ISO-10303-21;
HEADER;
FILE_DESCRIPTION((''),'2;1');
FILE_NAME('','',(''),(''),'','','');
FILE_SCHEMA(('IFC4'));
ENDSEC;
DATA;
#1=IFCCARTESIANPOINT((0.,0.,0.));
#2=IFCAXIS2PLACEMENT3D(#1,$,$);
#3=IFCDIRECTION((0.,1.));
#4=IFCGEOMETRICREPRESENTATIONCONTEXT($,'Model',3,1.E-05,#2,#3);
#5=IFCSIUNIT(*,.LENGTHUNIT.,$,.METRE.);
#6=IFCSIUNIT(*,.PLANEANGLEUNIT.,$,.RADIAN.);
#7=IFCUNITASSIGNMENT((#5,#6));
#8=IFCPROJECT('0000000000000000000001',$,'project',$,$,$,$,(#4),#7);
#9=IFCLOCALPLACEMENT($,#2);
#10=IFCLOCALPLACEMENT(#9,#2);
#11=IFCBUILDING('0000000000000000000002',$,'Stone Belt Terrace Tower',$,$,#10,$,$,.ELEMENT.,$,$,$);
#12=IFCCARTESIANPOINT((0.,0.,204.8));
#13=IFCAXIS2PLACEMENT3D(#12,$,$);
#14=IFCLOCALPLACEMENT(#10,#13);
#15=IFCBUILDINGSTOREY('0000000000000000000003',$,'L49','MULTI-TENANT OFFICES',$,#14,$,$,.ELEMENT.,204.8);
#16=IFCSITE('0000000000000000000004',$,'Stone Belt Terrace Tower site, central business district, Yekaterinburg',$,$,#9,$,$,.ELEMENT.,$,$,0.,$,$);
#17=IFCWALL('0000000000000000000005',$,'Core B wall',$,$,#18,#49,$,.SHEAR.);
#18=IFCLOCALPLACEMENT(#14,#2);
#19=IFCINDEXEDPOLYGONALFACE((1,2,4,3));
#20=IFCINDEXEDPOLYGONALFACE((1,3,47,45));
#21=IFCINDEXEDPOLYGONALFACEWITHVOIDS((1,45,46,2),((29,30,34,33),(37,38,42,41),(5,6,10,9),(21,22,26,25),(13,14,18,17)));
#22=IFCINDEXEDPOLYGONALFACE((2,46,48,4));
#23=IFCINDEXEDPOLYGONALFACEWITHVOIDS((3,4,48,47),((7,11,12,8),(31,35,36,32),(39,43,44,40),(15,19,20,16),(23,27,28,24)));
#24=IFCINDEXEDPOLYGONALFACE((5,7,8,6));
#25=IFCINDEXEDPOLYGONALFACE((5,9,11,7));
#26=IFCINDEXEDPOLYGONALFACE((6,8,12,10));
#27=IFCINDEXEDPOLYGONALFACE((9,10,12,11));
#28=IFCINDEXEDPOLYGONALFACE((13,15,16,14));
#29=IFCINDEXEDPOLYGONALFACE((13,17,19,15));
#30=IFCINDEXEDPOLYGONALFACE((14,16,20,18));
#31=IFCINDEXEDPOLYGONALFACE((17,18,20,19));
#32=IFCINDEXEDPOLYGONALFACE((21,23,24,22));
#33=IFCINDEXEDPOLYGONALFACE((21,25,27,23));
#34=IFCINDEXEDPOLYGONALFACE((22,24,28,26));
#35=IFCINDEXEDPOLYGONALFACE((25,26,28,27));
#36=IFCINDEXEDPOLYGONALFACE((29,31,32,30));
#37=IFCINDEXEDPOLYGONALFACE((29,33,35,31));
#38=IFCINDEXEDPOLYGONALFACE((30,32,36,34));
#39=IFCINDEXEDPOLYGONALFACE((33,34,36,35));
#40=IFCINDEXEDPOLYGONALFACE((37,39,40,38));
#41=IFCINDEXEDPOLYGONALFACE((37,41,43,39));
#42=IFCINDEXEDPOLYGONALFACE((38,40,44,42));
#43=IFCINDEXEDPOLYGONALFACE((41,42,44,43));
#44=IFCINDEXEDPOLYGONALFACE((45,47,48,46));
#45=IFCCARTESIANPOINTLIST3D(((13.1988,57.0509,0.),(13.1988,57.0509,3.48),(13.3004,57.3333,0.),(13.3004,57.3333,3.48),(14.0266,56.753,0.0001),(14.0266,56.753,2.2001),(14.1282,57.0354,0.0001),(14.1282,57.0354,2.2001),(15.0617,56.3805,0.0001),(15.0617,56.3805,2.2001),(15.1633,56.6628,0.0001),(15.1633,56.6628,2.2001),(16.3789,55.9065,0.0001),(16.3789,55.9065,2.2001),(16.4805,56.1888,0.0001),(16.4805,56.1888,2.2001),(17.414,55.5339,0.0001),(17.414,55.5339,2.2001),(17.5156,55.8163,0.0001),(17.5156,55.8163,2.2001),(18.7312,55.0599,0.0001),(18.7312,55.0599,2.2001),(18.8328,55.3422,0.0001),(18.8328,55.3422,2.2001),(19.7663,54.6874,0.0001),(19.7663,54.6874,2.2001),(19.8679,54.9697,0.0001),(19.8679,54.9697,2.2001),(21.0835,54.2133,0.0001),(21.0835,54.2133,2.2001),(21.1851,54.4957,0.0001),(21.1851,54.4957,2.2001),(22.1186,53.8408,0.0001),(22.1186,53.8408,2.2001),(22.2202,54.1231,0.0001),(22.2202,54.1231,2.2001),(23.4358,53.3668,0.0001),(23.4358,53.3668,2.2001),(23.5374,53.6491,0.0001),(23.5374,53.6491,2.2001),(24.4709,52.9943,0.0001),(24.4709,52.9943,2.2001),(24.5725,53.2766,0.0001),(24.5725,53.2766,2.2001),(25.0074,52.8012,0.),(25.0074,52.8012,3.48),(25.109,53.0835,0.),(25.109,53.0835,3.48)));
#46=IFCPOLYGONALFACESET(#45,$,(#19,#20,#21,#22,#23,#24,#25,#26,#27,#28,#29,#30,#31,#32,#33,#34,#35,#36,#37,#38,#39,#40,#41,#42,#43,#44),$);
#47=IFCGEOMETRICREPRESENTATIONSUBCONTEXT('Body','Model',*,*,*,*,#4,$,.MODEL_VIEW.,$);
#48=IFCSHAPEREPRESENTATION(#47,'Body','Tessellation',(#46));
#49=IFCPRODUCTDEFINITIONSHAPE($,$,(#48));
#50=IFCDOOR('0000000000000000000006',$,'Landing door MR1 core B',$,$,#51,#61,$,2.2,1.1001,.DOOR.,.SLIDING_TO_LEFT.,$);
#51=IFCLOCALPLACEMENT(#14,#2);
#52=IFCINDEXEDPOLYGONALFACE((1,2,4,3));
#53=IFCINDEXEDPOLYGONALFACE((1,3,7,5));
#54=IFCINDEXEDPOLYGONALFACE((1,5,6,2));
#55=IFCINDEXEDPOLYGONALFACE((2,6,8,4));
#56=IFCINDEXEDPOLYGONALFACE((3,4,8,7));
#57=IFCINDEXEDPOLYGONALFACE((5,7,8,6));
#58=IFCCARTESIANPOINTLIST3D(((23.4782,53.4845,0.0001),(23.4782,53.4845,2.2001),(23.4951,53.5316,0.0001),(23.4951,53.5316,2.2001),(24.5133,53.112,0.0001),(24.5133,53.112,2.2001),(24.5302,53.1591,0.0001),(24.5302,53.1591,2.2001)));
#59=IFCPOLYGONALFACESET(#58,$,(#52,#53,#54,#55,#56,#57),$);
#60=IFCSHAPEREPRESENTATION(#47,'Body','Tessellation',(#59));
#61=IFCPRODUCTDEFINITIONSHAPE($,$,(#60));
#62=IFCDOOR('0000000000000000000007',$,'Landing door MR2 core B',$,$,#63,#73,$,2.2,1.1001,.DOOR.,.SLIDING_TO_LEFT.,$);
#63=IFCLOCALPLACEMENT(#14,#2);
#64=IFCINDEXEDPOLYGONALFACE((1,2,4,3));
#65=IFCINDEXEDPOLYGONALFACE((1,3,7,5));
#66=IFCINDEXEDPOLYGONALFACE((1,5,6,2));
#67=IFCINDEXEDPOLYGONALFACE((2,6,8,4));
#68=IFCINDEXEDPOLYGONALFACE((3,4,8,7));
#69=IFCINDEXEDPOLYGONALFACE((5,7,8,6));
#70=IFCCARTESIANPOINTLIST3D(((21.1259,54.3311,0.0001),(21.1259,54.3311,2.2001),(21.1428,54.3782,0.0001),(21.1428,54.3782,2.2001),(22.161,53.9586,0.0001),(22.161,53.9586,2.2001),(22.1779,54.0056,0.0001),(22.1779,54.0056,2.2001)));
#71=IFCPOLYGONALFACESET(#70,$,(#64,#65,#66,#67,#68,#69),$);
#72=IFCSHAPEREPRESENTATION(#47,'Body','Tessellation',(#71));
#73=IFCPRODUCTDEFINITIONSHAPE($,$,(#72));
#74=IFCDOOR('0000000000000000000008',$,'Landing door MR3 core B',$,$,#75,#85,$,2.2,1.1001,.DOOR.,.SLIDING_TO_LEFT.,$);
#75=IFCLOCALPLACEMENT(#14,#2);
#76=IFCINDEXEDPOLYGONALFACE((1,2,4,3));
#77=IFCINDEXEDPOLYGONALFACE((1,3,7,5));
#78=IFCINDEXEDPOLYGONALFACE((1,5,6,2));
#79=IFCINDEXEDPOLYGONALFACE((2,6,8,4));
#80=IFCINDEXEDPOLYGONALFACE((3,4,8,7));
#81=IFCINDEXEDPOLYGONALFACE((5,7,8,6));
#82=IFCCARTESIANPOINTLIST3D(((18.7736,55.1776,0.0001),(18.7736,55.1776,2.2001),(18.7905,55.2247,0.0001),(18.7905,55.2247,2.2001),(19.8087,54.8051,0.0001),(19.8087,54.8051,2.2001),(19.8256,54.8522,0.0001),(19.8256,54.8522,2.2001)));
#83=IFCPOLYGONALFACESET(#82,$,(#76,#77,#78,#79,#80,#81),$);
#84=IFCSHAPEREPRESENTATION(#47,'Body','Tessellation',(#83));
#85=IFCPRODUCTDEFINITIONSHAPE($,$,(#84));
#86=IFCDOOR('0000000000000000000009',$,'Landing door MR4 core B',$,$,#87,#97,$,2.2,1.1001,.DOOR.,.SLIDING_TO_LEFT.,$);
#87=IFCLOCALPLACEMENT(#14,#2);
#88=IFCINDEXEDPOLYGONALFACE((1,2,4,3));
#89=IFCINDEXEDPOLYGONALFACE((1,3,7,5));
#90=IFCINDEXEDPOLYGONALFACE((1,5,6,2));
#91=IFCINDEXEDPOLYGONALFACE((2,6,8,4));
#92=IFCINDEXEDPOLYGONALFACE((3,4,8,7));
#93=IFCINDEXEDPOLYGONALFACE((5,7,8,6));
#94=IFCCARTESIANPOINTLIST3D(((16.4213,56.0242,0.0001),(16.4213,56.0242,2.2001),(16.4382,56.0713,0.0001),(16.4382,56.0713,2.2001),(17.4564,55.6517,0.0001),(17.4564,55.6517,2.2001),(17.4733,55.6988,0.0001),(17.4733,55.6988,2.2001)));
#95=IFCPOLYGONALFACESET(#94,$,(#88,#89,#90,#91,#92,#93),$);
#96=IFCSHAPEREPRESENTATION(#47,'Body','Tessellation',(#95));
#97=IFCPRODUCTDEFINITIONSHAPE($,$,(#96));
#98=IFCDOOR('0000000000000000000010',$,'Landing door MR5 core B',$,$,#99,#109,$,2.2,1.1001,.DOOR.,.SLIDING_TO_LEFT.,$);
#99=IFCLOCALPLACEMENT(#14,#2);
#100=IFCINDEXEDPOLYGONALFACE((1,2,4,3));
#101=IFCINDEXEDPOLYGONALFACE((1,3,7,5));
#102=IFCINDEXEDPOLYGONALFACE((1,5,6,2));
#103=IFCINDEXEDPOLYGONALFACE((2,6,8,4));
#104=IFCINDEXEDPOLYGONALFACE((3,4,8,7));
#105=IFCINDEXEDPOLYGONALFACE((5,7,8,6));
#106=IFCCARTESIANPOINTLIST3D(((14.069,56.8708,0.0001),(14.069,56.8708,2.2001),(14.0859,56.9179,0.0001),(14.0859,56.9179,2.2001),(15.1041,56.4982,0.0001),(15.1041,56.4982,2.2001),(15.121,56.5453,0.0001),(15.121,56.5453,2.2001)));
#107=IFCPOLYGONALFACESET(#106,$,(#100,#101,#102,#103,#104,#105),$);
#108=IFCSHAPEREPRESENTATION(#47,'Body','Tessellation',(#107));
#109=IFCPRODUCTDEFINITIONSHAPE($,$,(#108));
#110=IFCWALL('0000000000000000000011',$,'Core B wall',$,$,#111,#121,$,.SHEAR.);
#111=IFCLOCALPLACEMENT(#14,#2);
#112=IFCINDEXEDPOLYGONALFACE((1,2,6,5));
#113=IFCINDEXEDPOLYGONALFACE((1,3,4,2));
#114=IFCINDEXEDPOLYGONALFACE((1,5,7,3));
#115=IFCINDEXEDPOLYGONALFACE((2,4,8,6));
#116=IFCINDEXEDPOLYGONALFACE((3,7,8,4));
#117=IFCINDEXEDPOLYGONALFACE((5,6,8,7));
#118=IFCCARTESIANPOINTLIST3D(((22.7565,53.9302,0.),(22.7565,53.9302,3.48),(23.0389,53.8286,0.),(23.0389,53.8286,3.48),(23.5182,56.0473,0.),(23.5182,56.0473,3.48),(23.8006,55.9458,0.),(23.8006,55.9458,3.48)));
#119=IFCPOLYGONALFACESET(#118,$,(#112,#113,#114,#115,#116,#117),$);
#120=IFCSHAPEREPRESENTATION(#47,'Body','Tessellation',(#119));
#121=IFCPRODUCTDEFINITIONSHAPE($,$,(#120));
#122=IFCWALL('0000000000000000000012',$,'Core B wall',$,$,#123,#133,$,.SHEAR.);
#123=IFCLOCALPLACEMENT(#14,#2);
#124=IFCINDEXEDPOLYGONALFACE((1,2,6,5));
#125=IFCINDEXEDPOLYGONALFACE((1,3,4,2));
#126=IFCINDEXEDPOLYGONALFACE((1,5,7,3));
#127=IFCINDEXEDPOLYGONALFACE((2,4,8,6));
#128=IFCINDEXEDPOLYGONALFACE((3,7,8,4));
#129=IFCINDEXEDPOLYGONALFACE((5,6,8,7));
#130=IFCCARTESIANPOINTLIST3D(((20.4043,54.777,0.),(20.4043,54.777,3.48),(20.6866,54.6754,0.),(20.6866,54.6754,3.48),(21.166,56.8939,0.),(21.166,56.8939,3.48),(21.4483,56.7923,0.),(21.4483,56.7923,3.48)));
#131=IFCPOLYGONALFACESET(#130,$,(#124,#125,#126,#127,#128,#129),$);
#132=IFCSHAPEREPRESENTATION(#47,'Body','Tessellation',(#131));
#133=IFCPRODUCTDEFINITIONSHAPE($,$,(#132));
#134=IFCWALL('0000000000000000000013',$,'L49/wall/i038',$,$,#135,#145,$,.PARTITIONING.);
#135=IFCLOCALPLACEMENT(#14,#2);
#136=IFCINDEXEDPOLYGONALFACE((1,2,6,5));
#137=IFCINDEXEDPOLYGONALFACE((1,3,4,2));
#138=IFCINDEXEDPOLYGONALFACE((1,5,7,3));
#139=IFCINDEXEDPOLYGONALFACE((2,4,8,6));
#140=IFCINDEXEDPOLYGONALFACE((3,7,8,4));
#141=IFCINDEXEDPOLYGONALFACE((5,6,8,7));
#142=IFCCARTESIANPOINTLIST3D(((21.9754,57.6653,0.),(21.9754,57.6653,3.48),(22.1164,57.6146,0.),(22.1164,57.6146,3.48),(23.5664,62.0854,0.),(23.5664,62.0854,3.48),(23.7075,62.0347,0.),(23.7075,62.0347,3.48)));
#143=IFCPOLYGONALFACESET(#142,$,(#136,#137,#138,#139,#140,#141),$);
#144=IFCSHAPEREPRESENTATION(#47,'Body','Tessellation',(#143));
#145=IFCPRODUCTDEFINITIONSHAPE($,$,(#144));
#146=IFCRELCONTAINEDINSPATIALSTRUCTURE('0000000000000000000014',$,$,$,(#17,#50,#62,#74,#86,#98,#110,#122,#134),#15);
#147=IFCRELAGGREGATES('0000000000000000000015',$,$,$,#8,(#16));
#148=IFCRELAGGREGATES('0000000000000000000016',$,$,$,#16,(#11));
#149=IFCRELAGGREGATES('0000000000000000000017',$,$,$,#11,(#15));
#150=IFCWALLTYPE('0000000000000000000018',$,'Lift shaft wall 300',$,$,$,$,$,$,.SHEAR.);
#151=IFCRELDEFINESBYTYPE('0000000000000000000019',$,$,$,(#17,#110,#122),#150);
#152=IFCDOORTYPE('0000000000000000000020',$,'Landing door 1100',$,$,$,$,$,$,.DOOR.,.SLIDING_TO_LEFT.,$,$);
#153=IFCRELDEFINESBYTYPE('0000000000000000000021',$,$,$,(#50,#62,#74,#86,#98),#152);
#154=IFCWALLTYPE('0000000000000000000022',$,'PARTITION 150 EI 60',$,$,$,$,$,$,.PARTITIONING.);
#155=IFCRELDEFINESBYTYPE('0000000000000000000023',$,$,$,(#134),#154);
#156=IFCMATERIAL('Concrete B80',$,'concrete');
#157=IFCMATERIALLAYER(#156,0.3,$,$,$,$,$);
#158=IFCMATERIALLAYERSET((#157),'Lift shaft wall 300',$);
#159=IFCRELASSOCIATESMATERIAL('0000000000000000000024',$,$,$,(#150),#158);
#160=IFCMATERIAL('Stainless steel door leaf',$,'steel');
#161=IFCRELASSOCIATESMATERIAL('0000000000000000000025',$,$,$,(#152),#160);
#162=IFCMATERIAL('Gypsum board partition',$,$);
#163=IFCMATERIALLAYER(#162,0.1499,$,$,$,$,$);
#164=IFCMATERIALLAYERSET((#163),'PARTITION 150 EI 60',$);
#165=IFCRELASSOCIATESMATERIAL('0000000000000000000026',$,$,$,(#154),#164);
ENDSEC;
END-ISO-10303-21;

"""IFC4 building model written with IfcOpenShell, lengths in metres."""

from ifc_helpers import new_model, si_unit, direction, frame, frame_2d, origin, place, context, subcontext, project, spatial, rectangle, extrude, material, layer, layer_set, type_object, element, fill, save


model = new_model("IFC4")

# Units and contexts
model_context = context("Model", 3, precision=1e-05, world=origin(), true_north=direction((0.0, 1.0)))
body_context = subcontext(model_context, "Body", "Model", "MODEL_VIEW")
ifc_project = project(units=[si_unit("LENGTHUNIT", "METRE"), si_unit("PLANEANGLEUNIT", "RADIAN")], contexts=[model_context])

# Site, building, storey
site_placement = place(None, origin())
site = spatial("IfcSite", under=ifc_project, at=site_placement, Name="Stone Belt Terrace Tower site, central business district, Yekaterinburg", CompositionType="ELEMENT", RefElevation=0.0)
building_placement = place(site_placement, origin())
building = spatial("IfcBuilding", under=site, at=building_placement, Name="Stone Belt Terrace Tower", CompositionType="ELEMENT")
storey_placement = place(building_placement, frame((0.0, 0.0, 204.8)))
storey = spatial("IfcBuildingStorey", under=building, at=storey_placement, Name="L49", Description="MULTI-TENANT OFFICES", CompositionType="ELEMENT", Elevation=204.8)

# Shared definitions
ifc_material_1 = material(Name="Concrete B80", Category="concrete")
ifc_layer_1 = layer(ifc_material_1, 0.3)
ifc_layer_set_1 = layer_set([ifc_layer_1], Name="Lift shaft wall 300")
wall_type_1 = type_object("IfcWallType", Name="Lift shaft wall 300", PredefinedType="SHEAR", material=ifc_layer_set_1)

# Wall, openings, doors
wall_1_placement = place(storey_placement, frame((25.0581, 52.9424, 0.0), z_axis=(0.0, 0.0, 1.0), x_axis=(-0.940921, 0.338625, 0.0)))
wall_1 = element("IfcWall", 1, at=wall_1_placement, inside=storey, type_object=wall_type_1, Name="Core B wall", PredefinedType="SHEAR", context=body_context, shape_type="SweptSolid", body=[
    extrude(rectangle(XDim=12.55, YDim=0.3, at=frame_2d((6.2749, 0.0))), origin(), (0.0, 0.0, 1.0), 3.48),
])
opening_1_placement = place(wall_1_placement, frame((0.5701, 0.0, 0.0)))
opening_1 = element("IfcOpeningElement", 2, at=opening_1_placement, cuts=wall_1, PredefinedType="OPENING", context=body_context, shape_type="SweptSolid", body=[
    extrude(rectangle(XDim=1.1001, YDim=2.2, at=frame_2d((0.55, 1.1001))), frame((0.0, 0.1599, 0.0), z_axis=(0.0, -1.0, 0.0), x_axis=(1.0, 0.0, 0.0)), (0.0, 0.0, 1.0), 0.3201),
])
opening_2_placement = place(wall_1_placement, frame((3.0701, 0.0, 0.0)))
opening_2 = element("IfcOpeningElement", 3, at=opening_2_placement, cuts=wall_1, PredefinedType="OPENING", context=body_context, shape_type="SweptSolid", body=[
    extrude(rectangle(XDim=1.1001, YDim=2.2, at=frame_2d((0.55, 1.1001))), frame((0.0, 0.1599, 0.0), z_axis=(0.0, -1.0, 0.0), x_axis=(1.0, 0.0, 0.0)), (0.0, 0.0, 1.0), 0.3201),
])
opening_3_placement = place(wall_1_placement, frame((5.5701, 0.0, 0.0)))
opening_3 = element("IfcOpeningElement", 4, at=opening_3_placement, cuts=wall_1, PredefinedType="OPENING", context=body_context, shape_type="SweptSolid", body=[
    extrude(rectangle(XDim=1.1001, YDim=2.2, at=frame_2d((0.55, 1.1001))), frame((0.0, 0.1599, 0.0), z_axis=(0.0, -1.0, 0.0), x_axis=(1.0, 0.0, 0.0)), (0.0, 0.0, 1.0), 0.3201),
])
opening_4_placement = place(wall_1_placement, frame((8.0701, 0.0, 0.0)))
opening_4 = element("IfcOpeningElement", 5, at=opening_4_placement, cuts=wall_1, PredefinedType="OPENING", context=body_context, shape_type="SweptSolid", body=[
    extrude(rectangle(XDim=1.1001, YDim=2.2, at=frame_2d((0.55, 1.1001))), frame((0.0, 0.1599, 0.0), z_axis=(0.0, -1.0, 0.0), x_axis=(1.0, 0.0, 0.0)), (0.0, 0.0, 1.0), 0.3201),
])
opening_5_placement = place(wall_1_placement, frame((10.5701, 0.0, 0.0)))
opening_5 = element("IfcOpeningElement", 6, at=opening_5_placement, cuts=wall_1, PredefinedType="OPENING", context=body_context, shape_type="SweptSolid", body=[
    extrude(rectangle(XDim=1.1001, YDim=2.2, at=frame_2d((0.55, 1.1001))), frame((0.0, 0.1599, 0.0), z_axis=(0.0, -1.0, 0.0), x_axis=(1.0, 0.0, 0.0)), (0.0, 0.0, 1.0), 0.3201),
])
ifc_material_2 = material(Name="Stainless steel door leaf", Category="steel")
door_type_1 = type_object("IfcDoorType", Name="Landing door 1100", OperationType="SLIDING_TO_LEFT", PredefinedType="DOOR", material=ifc_material_2)
door_1_placement = place(opening_1_placement, origin())
door_1 = element("IfcDoor", 7, at=door_1_placement, inside=storey, type_object=door_type_1, Name="Landing door MR1 core B", OperationType="SLIDING_TO_LEFT", OverallHeight=2.2, OverallWidth=1.1001, PredefinedType="DOOR", context=body_context, shape_type="SweptSolid", body=[
    extrude(rectangle(XDim=1.1001, YDim=2.2, at=frame_2d((0.55, 1.1001))), frame((0.0, 0.0249, 0.0), z_axis=(0.0, -1.0, 0.0), x_axis=(1.0, 0.0, 0.0)), (0.0, 0.0, 1.0), 0.05),
])
fill(opening_1, door_1)
door_2_placement = place(opening_2_placement, origin())
door_2 = element("IfcDoor", 8, at=door_2_placement, inside=storey, type_object=door_type_1, Name="Landing door MR2 core B", OperationType="SLIDING_TO_LEFT", OverallHeight=2.2, OverallWidth=1.1001, PredefinedType="DOOR", context=body_context, shape_type="SweptSolid", body=[
    extrude(rectangle(XDim=1.1001, YDim=2.2, at=frame_2d((0.55, 1.1001))), frame((0.0, 0.0249, 0.0), z_axis=(0.0, -1.0, 0.0), x_axis=(1.0, 0.0, 0.0)), (0.0, 0.0, 1.0), 0.05),
])
fill(opening_2, door_2)
door_3_placement = place(opening_3_placement, origin())
door_3 = element("IfcDoor", 9, at=door_3_placement, inside=storey, type_object=door_type_1, Name="Landing door MR3 core B", OperationType="SLIDING_TO_LEFT", OverallHeight=2.2, OverallWidth=1.1001, PredefinedType="DOOR", context=body_context, shape_type="SweptSolid", body=[
    extrude(rectangle(XDim=1.1001, YDim=2.2, at=frame_2d((0.55, 1.1001))), frame((0.0, 0.0249, 0.0), z_axis=(0.0, -1.0, 0.0), x_axis=(1.0, 0.0, 0.0)), (0.0, 0.0, 1.0), 0.05),
])
fill(opening_3, door_3)
door_4_placement = place(opening_4_placement, origin())
door_4 = element("IfcDoor", 10, at=door_4_placement, inside=storey, type_object=door_type_1, Name="Landing door MR4 core B", OperationType="SLIDING_TO_LEFT", OverallHeight=2.2, OverallWidth=1.1001, PredefinedType="DOOR", context=body_context, shape_type="SweptSolid", body=[
    extrude(rectangle(XDim=1.1001, YDim=2.2, at=frame_2d((0.55, 1.1001))), frame((0.0, 0.0249, 0.0), z_axis=(0.0, -1.0, 0.0), x_axis=(1.0, 0.0, 0.0)), (0.0, 0.0, 1.0), 0.05),
])
fill(opening_4, door_4)
door_5_placement = place(opening_5_placement, origin())
door_5 = element("IfcDoor", 11, at=door_5_placement, inside=storey, type_object=door_type_1, Name="Landing door MR5 core B", OperationType="SLIDING_TO_LEFT", OverallHeight=2.2, OverallWidth=1.1001, PredefinedType="DOOR", context=body_context, shape_type="SweptSolid", body=[
    extrude(rectangle(XDim=1.1001, YDim=2.2, at=frame_2d((0.55, 1.1001))), frame((0.0, 0.0249, 0.0), z_axis=(0.0, -1.0, 0.0), x_axis=(1.0, 0.0, 0.0)), (0.0, 0.0, 1.0), 0.05),
])
fill(opening_5, door_5)

# Walls
wall_2_placement = place(storey_placement, frame((22.8977, 53.8794, 0.0), z_axis=(0.0, 0.0, 1.0), x_axis=(0.338535, 0.940954, 0.0)))
element("IfcWall", 12, at=wall_2_placement, inside=storey, type_object=wall_type_1, Name="Core B wall", PredefinedType="SHEAR", context=body_context, shape_type="SweptSolid", body=[
    extrude(rectangle(XDim=2.25, YDim=0.3, at=frame_2d((1.125, 0.0))), origin(), (0.0, 0.0, 1.0), 3.48),
])
wall_3_placement = place(storey_placement, frame((20.5454, 54.7261, 0.0), z_axis=(0.0, 0.0, 1.0), x_axis=(0.33857, 0.940941, 0.0)))
element("IfcWall", 13, at=wall_3_placement, inside=storey, type_object=wall_type_1, Name="Core B wall", PredefinedType="SHEAR", context=body_context, shape_type="SweptSolid", body=[
    extrude(rectangle(XDim=2.2498, YDim=0.3, at=frame_2d((1.125, 0.0))), origin(), (0.0, 0.0, 1.0), 3.48),
])
ifc_material_3 = material(Name="Gypsum board partition")
ifc_layer_2 = layer(ifc_material_3, 0.1499)
ifc_layer_set_2 = layer_set([ifc_layer_2], Name="PARTITION 150 EI 60")
wall_type_2 = type_object("IfcWallType", Name="PARTITION 150 EI 60", PredefinedType="PARTITIONING", material=ifc_layer_set_2)
wall_4_placement = place(storey_placement, frame((23.637, 62.0601, 0.0), z_axis=(0.0, 0.0, 1.0), x_axis=(-0.338683, -0.940901, 0.0)))
element("IfcWall", 14, at=wall_4_placement, inside=storey, type_object=wall_type_2, Name="L49/wall/i038", PredefinedType="PARTITIONING", context=body_context, shape_type="SweptSolid", body=[
    extrude(rectangle(XDim=4.6978, YDim=0.1499, at=frame_2d((2.3489, 0.0))), origin(), (0.0, 0.0, 1.0), 3.48),
])

save(model, "model.ifc")
